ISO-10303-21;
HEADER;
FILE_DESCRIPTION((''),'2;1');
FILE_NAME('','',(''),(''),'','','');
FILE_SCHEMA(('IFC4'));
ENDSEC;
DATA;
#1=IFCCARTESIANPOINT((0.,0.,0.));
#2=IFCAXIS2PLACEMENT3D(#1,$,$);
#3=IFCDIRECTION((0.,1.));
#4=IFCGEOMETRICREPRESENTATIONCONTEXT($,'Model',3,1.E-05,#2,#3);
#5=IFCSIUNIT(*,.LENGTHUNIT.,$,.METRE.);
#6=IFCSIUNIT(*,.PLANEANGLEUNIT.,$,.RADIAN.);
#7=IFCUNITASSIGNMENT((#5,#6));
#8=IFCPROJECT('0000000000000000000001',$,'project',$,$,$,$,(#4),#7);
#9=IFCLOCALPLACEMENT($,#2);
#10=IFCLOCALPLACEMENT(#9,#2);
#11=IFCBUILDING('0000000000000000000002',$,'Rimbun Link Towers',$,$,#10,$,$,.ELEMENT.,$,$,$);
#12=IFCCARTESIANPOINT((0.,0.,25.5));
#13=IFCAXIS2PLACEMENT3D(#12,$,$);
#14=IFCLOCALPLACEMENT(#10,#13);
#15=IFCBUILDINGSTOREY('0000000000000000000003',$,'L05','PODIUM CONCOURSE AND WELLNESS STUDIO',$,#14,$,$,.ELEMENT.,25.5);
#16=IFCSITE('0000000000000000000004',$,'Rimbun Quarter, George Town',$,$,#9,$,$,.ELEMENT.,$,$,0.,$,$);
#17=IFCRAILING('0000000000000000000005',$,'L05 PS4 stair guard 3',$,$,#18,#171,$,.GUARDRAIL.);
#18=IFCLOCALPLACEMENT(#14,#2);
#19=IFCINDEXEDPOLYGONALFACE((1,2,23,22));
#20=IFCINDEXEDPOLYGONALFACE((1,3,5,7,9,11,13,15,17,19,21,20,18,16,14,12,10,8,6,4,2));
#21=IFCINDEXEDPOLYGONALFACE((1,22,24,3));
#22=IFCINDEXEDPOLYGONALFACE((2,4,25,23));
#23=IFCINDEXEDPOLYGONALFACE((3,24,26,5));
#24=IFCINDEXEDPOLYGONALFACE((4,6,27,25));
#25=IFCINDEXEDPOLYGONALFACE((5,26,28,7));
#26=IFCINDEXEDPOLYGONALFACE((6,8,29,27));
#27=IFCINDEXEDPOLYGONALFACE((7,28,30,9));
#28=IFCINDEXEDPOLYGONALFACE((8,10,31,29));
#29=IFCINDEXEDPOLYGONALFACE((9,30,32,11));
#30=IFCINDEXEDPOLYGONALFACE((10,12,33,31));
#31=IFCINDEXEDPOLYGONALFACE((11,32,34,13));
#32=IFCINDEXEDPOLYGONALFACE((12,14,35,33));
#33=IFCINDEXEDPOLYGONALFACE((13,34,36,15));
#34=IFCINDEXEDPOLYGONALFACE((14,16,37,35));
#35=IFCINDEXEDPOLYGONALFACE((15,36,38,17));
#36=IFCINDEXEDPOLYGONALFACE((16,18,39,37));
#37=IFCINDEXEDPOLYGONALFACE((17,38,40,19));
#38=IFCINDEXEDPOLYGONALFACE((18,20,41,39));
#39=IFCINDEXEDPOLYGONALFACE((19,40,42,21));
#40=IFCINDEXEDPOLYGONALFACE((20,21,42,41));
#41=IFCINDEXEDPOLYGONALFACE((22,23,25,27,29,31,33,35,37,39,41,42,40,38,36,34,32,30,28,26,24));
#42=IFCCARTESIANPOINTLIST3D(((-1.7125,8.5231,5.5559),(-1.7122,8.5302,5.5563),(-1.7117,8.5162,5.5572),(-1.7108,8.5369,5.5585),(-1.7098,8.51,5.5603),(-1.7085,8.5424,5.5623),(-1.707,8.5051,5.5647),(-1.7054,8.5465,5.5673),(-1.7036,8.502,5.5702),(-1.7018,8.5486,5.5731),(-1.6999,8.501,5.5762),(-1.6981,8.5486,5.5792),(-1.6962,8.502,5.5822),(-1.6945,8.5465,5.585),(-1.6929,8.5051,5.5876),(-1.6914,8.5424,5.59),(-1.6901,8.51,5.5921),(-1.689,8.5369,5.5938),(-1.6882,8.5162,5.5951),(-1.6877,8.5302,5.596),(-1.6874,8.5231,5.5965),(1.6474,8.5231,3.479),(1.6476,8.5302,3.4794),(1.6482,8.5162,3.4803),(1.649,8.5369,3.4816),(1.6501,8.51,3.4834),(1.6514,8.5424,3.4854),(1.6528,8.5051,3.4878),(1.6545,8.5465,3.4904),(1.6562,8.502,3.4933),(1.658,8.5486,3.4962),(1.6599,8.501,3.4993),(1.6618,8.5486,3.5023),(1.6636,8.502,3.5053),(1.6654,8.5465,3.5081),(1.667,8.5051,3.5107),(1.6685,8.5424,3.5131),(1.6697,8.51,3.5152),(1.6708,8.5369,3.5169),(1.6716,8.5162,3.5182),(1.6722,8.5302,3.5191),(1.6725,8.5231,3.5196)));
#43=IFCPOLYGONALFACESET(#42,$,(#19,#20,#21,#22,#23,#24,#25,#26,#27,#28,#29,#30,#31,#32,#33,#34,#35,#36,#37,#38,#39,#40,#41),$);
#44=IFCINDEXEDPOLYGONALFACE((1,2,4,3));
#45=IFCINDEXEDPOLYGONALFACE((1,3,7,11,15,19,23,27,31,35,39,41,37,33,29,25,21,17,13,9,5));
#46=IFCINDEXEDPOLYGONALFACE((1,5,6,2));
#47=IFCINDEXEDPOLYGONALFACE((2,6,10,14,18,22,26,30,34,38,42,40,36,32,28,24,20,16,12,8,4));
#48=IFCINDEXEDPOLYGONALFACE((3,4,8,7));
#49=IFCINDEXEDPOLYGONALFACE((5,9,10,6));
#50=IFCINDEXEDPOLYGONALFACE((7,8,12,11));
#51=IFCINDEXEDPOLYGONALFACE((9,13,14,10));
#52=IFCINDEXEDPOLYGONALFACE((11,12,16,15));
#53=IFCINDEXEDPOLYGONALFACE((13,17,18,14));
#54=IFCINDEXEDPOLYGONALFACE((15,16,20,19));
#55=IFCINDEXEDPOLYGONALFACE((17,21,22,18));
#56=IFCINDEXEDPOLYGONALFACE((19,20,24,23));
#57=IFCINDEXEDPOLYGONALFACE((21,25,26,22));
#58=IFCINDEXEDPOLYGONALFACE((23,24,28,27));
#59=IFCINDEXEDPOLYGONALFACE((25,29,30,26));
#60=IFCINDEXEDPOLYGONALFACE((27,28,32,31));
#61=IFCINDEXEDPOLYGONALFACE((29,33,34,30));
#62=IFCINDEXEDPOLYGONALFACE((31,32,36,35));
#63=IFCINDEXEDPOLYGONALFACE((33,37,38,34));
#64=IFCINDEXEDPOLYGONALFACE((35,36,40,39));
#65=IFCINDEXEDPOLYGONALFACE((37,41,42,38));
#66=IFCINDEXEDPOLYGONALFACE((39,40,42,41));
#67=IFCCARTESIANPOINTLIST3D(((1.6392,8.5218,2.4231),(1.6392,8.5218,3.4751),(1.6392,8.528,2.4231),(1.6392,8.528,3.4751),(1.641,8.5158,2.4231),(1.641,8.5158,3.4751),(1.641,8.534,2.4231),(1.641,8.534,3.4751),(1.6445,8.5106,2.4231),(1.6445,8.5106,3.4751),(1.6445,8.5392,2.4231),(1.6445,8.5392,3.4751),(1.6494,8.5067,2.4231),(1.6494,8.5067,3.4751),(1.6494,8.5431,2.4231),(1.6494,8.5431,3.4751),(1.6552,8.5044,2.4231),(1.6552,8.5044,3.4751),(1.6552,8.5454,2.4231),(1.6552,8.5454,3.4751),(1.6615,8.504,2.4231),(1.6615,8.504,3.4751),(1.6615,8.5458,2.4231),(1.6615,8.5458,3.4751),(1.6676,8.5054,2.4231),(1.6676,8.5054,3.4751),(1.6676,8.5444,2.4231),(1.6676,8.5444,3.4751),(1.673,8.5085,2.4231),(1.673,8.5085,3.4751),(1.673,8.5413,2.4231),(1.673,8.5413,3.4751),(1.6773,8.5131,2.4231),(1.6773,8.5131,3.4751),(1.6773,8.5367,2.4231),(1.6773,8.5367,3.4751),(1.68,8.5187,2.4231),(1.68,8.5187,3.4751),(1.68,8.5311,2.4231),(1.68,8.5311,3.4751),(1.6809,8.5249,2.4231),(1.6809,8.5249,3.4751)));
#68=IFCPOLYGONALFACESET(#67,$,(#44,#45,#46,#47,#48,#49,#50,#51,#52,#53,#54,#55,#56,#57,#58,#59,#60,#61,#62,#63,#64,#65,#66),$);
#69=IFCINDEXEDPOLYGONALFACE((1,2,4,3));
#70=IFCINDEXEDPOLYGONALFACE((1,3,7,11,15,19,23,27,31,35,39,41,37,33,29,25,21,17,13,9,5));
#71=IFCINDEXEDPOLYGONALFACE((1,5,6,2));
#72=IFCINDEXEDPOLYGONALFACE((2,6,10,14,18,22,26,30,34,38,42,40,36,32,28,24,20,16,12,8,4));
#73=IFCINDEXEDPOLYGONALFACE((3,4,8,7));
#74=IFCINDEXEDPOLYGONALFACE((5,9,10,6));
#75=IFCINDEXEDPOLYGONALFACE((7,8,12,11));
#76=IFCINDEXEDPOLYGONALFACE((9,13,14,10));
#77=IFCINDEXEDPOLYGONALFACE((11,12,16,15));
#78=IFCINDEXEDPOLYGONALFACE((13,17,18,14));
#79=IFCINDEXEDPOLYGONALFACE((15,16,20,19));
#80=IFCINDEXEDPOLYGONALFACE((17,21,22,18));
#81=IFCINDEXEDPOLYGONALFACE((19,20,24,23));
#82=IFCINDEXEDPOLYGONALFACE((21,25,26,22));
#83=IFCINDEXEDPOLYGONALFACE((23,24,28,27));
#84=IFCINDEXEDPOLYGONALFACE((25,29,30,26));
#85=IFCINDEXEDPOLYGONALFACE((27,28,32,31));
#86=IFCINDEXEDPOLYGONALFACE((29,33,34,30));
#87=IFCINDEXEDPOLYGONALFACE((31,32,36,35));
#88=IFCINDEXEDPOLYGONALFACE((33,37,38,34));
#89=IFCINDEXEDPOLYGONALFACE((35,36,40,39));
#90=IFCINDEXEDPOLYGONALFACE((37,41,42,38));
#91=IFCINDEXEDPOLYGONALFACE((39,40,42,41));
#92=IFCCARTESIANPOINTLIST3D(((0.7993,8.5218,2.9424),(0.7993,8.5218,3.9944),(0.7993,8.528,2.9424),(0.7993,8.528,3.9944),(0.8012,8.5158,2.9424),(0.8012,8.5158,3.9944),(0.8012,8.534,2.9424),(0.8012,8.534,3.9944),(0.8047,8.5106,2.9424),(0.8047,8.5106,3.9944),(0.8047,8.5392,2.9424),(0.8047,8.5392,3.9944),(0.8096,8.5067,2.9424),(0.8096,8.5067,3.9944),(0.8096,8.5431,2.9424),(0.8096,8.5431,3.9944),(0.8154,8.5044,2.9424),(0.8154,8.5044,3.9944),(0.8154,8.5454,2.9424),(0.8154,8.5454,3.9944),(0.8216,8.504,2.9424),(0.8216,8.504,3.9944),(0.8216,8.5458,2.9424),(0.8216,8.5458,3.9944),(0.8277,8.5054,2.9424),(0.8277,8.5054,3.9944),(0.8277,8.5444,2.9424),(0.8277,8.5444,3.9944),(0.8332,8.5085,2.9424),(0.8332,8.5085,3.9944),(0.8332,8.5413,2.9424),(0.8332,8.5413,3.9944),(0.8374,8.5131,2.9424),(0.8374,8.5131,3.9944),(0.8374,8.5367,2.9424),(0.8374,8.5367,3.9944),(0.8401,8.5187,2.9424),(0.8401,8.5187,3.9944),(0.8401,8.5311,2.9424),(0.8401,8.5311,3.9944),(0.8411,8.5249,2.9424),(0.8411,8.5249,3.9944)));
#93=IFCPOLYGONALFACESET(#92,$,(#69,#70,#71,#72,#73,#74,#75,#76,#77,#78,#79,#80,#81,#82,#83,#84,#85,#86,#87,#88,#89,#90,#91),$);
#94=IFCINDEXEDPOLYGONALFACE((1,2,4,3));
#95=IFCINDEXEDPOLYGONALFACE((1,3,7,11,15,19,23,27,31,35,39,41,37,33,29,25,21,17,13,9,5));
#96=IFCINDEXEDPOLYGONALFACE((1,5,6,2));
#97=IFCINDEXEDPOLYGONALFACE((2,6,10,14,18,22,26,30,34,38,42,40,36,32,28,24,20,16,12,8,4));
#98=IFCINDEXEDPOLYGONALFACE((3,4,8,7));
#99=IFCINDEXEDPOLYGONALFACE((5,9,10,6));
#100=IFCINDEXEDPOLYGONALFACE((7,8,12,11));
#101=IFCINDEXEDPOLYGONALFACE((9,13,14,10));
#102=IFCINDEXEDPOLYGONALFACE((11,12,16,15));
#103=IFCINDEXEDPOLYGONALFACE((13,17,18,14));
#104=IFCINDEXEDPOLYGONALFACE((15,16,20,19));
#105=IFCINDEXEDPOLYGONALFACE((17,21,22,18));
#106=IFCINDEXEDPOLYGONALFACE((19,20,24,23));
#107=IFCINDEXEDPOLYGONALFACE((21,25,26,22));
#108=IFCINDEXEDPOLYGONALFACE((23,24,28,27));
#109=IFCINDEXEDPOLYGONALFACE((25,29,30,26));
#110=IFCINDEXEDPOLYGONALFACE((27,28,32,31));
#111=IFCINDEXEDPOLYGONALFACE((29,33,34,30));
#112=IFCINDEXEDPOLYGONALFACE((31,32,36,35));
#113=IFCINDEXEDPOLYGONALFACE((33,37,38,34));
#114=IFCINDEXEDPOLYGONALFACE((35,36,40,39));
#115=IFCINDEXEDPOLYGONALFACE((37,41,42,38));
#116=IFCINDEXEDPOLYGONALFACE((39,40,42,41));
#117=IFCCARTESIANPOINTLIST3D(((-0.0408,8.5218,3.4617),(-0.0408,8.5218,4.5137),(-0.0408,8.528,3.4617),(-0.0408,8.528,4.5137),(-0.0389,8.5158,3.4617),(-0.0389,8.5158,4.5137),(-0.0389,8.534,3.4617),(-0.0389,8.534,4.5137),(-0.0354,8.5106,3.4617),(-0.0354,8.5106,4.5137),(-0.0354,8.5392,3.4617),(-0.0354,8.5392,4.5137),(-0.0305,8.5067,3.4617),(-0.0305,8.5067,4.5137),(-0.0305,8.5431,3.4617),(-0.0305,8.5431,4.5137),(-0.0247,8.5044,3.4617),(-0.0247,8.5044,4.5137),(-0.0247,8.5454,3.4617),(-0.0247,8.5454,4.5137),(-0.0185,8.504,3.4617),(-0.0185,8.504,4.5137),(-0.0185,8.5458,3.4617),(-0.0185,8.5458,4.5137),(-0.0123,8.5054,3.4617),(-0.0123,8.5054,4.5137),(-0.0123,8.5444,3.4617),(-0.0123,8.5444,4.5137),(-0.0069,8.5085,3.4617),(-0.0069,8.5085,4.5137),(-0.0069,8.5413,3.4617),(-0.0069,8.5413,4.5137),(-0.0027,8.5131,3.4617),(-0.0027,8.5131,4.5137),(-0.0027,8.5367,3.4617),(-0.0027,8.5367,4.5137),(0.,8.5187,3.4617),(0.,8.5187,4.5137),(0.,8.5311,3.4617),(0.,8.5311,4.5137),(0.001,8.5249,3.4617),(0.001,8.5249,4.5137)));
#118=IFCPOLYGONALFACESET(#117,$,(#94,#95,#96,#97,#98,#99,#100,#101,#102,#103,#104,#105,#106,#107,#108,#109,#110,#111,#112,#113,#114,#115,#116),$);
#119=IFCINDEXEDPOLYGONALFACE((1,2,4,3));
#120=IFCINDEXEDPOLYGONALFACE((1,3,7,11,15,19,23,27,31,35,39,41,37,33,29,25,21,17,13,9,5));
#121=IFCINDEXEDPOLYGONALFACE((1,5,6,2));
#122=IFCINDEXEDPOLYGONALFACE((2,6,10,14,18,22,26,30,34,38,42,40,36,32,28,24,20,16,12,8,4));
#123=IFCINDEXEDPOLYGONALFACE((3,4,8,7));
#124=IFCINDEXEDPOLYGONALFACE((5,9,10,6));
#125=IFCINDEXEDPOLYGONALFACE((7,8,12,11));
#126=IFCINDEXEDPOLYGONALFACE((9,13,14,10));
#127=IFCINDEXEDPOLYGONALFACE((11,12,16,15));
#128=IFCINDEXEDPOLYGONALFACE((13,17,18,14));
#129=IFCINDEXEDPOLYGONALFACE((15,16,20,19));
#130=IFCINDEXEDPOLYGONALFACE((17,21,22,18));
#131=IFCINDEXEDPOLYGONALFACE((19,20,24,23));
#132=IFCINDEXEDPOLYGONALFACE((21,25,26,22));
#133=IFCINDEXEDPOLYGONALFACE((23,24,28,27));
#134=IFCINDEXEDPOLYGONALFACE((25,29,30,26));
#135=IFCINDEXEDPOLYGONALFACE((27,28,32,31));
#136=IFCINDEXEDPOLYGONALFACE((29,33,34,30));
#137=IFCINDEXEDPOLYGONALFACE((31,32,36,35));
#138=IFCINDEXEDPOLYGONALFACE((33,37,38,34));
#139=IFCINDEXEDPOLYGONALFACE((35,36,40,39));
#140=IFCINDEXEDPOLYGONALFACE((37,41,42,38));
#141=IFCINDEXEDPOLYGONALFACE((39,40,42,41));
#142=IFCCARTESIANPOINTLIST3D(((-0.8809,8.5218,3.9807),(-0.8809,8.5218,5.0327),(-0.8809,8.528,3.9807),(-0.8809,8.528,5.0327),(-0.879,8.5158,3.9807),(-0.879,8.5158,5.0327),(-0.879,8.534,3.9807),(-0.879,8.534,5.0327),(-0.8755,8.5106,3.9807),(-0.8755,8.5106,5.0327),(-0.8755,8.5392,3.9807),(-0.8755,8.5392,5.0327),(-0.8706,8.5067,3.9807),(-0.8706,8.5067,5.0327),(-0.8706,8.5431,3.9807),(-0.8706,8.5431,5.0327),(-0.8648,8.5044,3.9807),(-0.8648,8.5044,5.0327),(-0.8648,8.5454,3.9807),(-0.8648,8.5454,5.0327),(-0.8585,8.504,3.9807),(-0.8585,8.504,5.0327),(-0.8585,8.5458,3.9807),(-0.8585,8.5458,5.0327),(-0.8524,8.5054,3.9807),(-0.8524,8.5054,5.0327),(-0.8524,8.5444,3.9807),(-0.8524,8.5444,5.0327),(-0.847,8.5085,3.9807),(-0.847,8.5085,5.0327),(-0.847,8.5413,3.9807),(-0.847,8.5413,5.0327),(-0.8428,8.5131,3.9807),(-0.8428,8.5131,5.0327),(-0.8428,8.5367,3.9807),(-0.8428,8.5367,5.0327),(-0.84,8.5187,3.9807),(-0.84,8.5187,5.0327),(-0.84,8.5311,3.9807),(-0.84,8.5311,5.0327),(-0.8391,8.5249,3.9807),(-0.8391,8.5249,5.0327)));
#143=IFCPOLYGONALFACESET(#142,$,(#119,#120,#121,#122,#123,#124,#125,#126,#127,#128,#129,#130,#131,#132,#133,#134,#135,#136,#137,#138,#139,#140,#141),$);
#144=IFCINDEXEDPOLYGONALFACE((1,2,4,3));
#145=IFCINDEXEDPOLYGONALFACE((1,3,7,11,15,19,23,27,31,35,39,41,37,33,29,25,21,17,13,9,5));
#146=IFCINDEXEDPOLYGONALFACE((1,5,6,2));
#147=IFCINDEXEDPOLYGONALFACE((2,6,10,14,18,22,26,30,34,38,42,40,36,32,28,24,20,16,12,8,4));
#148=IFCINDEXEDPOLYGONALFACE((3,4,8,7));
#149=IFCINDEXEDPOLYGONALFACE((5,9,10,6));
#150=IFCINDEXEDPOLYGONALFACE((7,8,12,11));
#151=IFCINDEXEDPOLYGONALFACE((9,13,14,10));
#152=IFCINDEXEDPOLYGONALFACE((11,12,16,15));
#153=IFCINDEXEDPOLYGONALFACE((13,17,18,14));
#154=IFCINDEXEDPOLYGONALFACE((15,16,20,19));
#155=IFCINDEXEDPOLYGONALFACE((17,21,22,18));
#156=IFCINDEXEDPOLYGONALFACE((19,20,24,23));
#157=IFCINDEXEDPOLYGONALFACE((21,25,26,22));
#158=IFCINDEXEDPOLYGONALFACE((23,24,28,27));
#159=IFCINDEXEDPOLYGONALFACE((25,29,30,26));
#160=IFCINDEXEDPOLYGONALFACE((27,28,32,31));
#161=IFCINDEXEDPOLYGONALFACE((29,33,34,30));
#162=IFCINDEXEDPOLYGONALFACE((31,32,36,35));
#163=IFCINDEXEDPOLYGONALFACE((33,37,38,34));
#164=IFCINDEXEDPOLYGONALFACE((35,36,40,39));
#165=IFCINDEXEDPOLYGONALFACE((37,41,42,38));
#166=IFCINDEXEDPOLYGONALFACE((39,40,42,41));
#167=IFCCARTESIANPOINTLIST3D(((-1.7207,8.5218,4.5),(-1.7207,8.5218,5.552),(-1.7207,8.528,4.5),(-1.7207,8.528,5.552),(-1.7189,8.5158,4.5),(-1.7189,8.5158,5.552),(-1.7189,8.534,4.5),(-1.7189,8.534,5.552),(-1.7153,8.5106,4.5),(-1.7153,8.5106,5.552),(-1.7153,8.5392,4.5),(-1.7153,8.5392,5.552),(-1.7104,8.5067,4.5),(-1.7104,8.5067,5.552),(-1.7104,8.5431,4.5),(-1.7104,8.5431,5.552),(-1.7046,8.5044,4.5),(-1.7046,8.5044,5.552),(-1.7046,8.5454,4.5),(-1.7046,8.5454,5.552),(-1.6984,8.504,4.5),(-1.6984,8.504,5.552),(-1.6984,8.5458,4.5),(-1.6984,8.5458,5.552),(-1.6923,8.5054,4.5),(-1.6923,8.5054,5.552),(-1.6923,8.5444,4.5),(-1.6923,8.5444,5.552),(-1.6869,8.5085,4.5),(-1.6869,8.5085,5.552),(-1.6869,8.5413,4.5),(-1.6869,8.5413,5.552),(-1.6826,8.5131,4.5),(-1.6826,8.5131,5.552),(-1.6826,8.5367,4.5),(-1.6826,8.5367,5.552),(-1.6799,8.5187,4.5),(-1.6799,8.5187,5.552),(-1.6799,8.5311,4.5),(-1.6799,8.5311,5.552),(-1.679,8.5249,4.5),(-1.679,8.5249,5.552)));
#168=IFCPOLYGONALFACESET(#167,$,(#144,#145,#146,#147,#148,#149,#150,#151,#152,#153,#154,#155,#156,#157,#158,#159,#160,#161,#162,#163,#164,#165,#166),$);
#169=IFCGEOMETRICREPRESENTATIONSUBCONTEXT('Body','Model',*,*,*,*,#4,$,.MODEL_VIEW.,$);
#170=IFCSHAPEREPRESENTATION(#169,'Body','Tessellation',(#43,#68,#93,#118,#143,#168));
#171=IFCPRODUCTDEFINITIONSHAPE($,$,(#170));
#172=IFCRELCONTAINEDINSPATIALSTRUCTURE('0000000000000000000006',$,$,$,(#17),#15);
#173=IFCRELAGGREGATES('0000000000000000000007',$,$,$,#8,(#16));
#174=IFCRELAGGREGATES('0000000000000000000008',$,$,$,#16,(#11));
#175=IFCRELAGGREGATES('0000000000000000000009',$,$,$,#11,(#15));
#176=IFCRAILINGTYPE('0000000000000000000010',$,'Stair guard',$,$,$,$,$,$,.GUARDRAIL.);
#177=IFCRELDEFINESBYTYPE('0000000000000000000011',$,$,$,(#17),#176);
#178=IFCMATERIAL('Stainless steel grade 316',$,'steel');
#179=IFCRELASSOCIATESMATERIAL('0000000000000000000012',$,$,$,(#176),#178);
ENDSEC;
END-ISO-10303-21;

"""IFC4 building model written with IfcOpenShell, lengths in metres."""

from ifc_helpers import new_model, si_unit, direction, frame, origin, origin_2d, place, context, subcontext, project, spatial, circle, extrude, material, type_object, element, save


model = new_model("IFC4")

# Units and contexts
model_context = context("Model", 3, precision=1e-05, world=origin(), true_north=direction((0.0, 1.0)))
body_context = subcontext(model_context, "Body", "Model", "MODEL_VIEW")
ifc_project = project(units=[si_unit("LENGTHUNIT", "METRE"), si_unit("PLANEANGLEUNIT", "RADIAN")], contexts=[model_context])

# Site, building, storey
site_placement = place(None, origin())
site = spatial("IfcSite", under=ifc_project, at=site_placement, Name="Rimbun Quarter, George Town", CompositionType="ELEMENT", RefElevation=0.0)
building_placement = place(site_placement, origin())
building = spatial("IfcBuilding", under=site, at=building_placement, Name="Rimbun Link Towers", CompositionType="ELEMENT")
storey_placement = place(building_placement, frame((0.0, 0.0, 25.5)))
storey = spatial("IfcBuildingStorey", under=building, at=storey_placement, Name="L05", Description="PODIUM CONCOURSE AND WELLNESS STUDIO", CompositionType="ELEMENT", Elevation=25.5)

# Railing
ifc_material_1 = material(Name="Stainless steel grade 316", Category="steel")
railing_type_1 = type_object("IfcRailingType", Name="Stair guard", PredefinedType="GUARDRAIL", material=ifc_material_1)
railing_1_placement = place(storey_placement, frame((1.6599, 8.5249, 2.4231)))
element("IfcRailing", 1, at=railing_1_placement, inside=storey, type_object=railing_type_1, Name="L05 PS4 stair guard 3", PredefinedType="GUARDRAIL", context=body_context, shape_type="SweptSolid", body=[
    extrude(circle(Radius=0.0239, at=origin_2d()), frame((0.0, 0.0, 1.0762), z_axis=(-0.850606, 0.0, 0.525803), x_axis=(0.0, -1.0, 0.0)), (0.0, 0.0, 1.0), 3.95),
    extrude(circle(Radius=0.021, at=origin_2d()), origin(), (0.0, 0.0, 1.0), 1.052),
    extrude(circle(Radius=0.021, at=origin_2d()), frame((-0.8398, 0.0, 0.5193)), (0.0, 0.0, 1.0), 1.052),
    extrude(circle(Radius=0.021, at=origin_2d()), frame((-1.6799, 0.0, 1.0386)), (0.0, 0.0, 1.0), 1.052),
    extrude(circle(Radius=0.021, at=origin_2d()), frame((-2.52, 0.0, 1.5576)), (0.0, 0.0, 1.0), 1.052),
    extrude(circle(Radius=0.021, at=origin_2d()), frame((-3.3599, 0.0, 2.0769)), (0.0, 0.0, 1.0), 1.052),
])

save(model, "model.ifc")
